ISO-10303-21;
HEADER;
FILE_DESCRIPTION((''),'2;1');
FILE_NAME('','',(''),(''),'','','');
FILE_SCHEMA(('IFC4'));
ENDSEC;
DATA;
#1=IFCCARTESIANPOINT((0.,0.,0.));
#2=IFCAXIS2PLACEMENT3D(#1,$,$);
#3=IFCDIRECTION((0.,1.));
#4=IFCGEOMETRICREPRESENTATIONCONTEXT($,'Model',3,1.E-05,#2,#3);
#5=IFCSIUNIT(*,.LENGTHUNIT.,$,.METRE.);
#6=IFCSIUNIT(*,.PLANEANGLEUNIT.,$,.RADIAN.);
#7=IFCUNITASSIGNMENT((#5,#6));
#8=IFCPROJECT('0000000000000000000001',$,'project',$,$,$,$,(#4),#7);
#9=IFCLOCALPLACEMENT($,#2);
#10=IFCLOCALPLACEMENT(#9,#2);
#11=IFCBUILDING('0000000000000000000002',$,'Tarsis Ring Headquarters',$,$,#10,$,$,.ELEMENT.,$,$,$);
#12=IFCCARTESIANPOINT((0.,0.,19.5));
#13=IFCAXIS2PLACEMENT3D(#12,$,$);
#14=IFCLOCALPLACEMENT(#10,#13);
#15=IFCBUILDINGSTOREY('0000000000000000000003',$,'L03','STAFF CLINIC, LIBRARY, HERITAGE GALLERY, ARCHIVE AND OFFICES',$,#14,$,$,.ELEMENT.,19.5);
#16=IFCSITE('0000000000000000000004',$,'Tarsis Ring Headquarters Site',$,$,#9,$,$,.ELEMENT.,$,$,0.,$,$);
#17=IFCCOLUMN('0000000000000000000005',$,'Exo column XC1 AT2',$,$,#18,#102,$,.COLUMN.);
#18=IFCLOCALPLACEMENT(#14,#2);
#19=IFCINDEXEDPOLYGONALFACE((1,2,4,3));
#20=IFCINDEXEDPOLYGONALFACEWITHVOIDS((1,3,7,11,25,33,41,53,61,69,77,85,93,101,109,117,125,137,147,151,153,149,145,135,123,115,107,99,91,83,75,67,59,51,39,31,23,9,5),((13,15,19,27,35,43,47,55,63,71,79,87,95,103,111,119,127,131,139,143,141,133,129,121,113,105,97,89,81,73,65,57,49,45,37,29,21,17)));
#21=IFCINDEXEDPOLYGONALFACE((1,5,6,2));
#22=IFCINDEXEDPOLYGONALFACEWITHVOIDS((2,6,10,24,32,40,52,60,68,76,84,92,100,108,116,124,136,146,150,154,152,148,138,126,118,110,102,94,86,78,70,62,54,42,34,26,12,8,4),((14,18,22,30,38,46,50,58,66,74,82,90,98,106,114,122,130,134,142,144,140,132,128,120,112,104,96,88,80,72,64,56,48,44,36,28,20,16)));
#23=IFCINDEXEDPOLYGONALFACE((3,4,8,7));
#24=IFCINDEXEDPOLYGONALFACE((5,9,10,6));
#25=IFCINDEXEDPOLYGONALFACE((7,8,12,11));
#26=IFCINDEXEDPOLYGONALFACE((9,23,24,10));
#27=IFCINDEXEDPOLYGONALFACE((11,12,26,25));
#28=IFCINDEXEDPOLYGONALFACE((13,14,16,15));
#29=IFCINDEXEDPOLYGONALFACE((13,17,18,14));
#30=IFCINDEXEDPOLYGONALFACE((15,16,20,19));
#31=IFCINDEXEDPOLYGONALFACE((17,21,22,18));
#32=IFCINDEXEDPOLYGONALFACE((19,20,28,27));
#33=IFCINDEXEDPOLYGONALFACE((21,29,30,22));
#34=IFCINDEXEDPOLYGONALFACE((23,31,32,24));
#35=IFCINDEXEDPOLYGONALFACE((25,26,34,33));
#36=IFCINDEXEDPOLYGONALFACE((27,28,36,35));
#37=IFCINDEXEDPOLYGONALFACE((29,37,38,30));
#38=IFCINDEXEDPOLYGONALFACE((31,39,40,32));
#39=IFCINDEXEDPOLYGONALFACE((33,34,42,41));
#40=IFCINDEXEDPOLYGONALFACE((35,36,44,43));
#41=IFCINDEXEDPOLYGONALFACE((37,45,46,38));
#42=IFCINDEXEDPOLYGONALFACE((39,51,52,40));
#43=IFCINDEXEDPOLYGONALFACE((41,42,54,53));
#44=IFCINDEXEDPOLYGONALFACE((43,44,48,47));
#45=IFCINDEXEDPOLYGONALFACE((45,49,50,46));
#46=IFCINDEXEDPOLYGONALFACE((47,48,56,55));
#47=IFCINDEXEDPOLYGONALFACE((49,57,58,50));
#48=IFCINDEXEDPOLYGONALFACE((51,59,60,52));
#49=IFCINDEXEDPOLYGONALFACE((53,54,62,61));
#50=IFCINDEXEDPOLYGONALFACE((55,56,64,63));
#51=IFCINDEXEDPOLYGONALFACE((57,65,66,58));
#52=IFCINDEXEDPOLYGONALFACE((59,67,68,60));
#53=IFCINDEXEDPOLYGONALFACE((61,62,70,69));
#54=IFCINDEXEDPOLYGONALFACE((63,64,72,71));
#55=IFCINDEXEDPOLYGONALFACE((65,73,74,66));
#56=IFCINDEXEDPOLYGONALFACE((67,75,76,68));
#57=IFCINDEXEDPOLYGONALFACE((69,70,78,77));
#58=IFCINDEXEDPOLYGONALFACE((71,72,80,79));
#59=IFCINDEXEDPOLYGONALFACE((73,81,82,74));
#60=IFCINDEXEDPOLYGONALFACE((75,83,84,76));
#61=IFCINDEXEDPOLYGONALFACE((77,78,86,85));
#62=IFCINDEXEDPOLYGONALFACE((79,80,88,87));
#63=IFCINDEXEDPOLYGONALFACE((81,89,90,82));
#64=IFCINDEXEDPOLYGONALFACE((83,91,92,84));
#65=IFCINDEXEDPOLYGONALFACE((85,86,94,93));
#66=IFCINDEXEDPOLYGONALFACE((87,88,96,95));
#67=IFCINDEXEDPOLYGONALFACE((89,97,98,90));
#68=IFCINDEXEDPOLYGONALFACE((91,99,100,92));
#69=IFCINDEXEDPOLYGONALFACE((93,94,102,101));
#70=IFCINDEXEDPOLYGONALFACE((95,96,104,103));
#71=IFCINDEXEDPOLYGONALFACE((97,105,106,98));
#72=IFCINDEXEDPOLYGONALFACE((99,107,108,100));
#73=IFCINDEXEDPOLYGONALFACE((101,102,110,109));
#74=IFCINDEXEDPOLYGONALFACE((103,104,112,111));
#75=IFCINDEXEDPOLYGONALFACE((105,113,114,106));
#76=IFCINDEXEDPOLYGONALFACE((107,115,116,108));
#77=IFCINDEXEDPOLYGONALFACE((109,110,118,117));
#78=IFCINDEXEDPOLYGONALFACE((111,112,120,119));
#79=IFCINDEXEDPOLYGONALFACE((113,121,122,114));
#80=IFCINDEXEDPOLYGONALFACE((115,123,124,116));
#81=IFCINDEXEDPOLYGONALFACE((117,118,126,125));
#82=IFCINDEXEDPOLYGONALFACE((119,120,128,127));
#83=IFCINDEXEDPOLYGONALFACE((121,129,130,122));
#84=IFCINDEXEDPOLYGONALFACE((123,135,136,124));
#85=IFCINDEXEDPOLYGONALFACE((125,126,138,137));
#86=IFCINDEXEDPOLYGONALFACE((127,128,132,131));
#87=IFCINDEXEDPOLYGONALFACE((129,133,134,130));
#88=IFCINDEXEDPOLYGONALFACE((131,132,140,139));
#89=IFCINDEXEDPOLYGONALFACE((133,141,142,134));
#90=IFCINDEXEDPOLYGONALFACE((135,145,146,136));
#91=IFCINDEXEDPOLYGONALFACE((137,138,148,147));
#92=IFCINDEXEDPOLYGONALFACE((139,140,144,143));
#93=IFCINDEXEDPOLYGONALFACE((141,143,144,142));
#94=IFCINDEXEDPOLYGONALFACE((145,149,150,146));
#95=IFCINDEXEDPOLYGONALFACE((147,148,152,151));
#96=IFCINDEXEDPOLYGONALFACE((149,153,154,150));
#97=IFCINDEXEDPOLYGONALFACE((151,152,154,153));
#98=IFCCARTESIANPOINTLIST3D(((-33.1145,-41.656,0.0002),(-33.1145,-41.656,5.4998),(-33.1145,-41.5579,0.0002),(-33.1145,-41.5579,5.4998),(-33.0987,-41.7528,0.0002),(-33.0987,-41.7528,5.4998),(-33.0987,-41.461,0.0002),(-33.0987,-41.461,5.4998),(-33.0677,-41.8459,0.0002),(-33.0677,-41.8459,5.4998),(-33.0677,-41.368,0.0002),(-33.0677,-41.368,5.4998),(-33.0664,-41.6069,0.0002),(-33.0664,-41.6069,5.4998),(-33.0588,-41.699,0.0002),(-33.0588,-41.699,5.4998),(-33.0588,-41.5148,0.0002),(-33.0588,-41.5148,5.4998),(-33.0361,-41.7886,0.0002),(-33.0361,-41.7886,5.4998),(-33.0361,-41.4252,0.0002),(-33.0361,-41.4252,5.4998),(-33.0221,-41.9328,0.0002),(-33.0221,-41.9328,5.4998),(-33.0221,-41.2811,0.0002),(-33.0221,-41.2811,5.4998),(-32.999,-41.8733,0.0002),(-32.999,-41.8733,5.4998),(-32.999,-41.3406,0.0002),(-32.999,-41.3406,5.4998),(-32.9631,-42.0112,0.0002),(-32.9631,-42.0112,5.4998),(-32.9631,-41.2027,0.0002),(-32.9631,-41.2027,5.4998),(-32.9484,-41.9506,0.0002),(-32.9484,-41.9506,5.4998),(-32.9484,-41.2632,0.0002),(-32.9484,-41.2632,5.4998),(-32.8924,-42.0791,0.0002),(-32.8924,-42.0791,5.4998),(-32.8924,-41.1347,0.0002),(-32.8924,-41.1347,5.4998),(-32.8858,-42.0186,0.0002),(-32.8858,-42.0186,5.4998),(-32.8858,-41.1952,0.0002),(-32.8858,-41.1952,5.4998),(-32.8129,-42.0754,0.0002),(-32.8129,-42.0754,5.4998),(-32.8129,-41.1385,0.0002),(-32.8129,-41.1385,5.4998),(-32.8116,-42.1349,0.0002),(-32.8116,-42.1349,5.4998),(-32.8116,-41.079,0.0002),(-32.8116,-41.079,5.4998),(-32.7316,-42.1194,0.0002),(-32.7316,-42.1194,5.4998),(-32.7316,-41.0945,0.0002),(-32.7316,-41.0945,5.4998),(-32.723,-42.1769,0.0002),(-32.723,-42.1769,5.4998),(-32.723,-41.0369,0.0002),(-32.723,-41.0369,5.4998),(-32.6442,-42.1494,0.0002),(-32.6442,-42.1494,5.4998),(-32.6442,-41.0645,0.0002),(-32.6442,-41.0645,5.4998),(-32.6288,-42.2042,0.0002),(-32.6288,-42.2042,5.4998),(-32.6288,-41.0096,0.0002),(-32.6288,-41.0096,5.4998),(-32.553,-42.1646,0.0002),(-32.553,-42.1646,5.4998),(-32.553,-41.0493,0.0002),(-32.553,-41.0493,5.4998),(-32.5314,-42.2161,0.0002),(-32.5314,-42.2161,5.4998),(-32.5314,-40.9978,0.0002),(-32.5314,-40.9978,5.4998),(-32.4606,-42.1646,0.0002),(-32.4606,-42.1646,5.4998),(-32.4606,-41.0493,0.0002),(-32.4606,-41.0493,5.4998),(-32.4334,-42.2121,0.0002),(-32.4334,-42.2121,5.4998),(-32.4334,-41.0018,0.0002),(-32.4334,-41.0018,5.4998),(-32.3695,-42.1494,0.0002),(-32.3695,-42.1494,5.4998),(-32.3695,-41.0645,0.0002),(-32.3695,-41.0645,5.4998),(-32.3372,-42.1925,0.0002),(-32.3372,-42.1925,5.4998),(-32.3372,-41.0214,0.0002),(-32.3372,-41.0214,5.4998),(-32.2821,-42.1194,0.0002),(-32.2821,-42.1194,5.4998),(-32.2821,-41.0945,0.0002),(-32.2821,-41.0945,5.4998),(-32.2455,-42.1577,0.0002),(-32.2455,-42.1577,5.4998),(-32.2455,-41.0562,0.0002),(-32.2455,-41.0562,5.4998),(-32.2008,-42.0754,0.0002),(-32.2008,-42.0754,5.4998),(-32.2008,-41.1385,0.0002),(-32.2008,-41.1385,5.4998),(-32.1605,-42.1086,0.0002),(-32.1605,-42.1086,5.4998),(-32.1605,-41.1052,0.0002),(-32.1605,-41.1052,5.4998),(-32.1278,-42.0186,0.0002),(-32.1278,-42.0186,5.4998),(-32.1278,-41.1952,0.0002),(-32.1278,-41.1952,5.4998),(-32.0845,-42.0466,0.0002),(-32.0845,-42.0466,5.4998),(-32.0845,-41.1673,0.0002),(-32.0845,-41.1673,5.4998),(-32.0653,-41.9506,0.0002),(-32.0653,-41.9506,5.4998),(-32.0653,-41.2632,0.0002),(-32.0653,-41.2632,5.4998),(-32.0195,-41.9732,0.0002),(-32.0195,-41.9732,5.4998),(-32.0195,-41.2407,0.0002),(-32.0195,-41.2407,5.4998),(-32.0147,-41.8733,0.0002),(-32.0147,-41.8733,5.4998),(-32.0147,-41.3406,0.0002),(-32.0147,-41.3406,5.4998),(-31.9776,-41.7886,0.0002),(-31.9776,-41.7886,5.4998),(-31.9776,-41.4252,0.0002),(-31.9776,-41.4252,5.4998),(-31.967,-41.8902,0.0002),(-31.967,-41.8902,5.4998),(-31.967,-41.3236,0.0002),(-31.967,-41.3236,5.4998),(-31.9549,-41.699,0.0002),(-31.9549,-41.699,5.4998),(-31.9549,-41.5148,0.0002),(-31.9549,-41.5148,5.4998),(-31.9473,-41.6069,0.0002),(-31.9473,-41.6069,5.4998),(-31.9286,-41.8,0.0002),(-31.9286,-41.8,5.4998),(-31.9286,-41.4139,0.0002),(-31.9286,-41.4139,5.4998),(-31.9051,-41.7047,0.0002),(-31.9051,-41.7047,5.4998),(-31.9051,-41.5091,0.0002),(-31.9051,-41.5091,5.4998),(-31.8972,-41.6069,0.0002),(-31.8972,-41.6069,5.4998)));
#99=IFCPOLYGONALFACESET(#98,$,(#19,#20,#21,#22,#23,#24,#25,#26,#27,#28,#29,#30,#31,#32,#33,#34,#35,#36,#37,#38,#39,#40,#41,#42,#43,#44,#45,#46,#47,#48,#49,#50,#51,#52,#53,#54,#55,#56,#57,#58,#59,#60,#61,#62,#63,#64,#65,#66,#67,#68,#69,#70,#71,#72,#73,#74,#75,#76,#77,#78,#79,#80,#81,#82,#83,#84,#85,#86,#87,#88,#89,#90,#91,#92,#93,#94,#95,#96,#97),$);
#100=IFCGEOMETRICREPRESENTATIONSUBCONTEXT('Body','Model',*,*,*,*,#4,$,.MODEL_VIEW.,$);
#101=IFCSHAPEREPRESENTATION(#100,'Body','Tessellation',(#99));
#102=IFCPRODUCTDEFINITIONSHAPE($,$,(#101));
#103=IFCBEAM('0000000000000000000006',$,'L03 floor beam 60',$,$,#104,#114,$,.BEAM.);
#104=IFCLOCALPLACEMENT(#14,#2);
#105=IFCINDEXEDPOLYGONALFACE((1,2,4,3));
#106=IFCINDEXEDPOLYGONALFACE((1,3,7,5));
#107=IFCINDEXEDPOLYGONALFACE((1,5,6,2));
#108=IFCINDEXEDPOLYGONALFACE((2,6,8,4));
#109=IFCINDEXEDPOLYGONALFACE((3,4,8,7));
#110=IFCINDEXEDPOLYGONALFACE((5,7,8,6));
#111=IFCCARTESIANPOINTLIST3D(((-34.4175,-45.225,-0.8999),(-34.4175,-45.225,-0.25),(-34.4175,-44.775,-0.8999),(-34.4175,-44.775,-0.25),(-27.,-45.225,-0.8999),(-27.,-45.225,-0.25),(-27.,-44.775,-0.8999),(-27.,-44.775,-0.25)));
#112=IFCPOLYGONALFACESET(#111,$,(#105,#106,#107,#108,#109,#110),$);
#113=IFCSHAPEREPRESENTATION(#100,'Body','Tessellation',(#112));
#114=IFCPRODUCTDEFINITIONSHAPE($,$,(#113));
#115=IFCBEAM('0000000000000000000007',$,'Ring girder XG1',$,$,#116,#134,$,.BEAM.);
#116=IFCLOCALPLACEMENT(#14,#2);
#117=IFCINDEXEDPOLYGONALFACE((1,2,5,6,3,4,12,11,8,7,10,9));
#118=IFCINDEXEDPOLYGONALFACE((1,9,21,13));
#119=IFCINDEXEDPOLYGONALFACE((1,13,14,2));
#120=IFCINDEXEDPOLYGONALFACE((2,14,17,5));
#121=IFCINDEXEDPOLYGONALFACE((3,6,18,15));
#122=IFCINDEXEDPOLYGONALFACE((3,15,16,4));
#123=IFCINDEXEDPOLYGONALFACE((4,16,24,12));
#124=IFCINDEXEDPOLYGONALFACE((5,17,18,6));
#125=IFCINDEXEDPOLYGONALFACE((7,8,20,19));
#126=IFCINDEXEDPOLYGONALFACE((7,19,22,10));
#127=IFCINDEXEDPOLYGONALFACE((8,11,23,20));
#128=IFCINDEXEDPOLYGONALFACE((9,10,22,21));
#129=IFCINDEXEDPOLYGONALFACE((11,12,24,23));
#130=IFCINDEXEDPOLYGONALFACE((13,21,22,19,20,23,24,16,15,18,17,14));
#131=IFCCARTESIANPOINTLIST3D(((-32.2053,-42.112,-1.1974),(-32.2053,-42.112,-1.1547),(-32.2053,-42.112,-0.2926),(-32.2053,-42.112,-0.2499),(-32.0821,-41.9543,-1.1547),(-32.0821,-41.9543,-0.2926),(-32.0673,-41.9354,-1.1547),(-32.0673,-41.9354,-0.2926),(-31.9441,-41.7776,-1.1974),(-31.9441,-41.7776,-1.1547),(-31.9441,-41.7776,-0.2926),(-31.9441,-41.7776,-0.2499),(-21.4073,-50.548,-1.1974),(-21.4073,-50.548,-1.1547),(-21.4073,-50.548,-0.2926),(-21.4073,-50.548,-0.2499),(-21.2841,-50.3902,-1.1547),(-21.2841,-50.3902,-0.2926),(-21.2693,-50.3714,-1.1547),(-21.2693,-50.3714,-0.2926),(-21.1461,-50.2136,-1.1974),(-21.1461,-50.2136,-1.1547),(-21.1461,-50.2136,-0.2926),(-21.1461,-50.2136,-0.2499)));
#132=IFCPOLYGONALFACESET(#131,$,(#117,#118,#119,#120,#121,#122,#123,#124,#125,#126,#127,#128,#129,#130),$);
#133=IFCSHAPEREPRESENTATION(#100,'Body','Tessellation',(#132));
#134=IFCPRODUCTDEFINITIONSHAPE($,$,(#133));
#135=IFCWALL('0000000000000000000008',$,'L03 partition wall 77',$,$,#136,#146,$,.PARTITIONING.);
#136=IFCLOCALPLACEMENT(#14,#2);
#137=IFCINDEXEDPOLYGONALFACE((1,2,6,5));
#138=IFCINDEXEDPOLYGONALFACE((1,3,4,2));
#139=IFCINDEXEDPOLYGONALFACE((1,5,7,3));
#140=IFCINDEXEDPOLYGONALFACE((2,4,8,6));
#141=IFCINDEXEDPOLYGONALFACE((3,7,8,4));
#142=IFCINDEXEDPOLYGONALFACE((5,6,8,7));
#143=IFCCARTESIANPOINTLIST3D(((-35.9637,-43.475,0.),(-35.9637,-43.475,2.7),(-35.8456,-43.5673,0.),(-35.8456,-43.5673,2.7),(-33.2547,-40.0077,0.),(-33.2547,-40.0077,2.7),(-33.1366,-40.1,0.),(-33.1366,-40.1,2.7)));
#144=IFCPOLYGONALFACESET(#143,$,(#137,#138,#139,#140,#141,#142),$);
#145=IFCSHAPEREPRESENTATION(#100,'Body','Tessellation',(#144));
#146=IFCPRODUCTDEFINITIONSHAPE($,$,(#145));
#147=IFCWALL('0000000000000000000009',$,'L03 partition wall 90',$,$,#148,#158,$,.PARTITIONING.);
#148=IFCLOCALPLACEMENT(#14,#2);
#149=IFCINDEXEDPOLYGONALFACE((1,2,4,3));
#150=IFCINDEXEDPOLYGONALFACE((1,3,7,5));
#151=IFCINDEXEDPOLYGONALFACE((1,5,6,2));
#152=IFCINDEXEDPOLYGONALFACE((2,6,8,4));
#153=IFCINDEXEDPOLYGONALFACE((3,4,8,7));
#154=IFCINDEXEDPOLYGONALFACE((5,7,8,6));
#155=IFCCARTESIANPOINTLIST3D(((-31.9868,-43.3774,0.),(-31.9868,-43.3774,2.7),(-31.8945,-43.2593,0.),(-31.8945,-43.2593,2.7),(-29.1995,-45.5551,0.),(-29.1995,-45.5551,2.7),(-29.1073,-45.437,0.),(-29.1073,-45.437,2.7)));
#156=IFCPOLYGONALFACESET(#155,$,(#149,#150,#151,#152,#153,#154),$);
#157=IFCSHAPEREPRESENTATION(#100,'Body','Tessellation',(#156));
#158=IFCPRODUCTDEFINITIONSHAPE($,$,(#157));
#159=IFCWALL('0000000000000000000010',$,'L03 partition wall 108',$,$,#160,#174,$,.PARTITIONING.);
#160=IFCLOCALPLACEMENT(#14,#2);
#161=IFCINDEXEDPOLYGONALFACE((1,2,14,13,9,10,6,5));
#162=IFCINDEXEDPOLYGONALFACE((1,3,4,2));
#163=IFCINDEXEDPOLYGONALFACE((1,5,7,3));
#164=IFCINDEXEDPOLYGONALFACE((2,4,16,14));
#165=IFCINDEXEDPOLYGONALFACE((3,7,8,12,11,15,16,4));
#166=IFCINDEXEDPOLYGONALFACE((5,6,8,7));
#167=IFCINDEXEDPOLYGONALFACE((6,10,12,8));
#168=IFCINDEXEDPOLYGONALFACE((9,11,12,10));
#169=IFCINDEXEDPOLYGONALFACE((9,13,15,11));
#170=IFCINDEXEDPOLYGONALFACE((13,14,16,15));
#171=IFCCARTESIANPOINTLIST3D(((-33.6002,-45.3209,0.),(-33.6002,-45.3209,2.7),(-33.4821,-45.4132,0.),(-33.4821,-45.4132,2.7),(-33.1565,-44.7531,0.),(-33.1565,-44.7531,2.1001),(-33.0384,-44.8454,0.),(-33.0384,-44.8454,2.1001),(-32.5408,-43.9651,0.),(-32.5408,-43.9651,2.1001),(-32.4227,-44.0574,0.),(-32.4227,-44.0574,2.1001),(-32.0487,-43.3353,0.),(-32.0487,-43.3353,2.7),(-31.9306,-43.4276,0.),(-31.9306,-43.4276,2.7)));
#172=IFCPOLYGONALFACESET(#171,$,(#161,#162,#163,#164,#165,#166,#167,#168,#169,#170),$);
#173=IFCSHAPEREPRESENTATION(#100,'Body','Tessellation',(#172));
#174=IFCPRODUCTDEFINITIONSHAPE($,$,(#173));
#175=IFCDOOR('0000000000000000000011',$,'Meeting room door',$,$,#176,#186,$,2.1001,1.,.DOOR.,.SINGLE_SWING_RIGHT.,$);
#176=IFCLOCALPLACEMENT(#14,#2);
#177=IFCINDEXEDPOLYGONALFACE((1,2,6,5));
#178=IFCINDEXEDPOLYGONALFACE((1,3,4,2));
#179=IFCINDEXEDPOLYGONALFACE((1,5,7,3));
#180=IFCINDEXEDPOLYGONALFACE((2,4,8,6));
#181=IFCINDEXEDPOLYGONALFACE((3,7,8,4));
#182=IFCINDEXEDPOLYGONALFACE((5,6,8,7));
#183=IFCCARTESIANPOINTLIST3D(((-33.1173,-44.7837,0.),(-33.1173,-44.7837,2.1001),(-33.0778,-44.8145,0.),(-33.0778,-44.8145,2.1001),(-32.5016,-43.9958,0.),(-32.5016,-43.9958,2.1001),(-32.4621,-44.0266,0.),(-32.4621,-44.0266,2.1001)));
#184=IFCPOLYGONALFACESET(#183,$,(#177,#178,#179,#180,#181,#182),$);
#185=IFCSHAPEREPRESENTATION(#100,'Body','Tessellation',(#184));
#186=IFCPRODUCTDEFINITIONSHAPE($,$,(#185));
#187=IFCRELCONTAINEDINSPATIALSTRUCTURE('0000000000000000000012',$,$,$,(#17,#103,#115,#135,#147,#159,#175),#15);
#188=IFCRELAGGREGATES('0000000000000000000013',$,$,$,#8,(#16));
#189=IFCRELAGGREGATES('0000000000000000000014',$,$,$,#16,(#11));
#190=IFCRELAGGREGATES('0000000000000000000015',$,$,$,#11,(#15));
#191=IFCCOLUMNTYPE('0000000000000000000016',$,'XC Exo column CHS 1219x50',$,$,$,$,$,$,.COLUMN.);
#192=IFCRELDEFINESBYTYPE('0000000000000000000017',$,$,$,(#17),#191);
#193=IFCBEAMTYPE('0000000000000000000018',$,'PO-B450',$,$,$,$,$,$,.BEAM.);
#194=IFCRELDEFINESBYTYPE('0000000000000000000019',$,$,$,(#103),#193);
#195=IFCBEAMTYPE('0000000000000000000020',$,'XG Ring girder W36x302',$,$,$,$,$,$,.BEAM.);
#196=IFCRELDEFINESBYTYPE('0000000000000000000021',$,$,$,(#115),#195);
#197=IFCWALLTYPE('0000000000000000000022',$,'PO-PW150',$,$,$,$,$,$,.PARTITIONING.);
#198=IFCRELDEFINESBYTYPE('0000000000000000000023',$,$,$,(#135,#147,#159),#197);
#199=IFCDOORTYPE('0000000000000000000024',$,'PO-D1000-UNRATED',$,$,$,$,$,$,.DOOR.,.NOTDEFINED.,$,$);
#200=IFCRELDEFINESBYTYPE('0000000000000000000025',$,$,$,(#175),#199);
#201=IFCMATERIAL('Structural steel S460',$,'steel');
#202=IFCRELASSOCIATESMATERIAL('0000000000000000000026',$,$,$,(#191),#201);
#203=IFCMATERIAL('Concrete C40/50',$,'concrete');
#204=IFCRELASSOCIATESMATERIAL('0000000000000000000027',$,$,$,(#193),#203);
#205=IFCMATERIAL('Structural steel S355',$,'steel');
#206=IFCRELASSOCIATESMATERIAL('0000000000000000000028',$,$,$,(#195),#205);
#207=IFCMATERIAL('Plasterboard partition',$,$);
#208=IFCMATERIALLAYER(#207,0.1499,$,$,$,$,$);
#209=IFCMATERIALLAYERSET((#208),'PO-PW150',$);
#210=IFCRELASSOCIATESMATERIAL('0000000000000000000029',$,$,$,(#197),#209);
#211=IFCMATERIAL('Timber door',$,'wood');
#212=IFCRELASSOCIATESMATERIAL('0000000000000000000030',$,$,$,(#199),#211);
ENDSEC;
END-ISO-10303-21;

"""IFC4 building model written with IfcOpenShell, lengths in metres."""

from ifc_helpers import new_model, si_unit, direction, frame, frame_2d, origin, origin_2d, place, context, subcontext, project, spatial, rectangle, hollow_circle, i_section, extrude, material, layer, layer_set, material_profile, profile_set, type_object, element, fill, save


model = new_model("IFC4")

# Units and contexts
model_context = context("Model", 3, precision=1e-05, world=origin(), true_north=direction((0.0, 1.0)))
body_context = subcontext(model_context, "Body", "Model", "MODEL_VIEW")
ifc_project = project(units=[si_unit("LENGTHUNIT", "METRE"), si_unit("PLANEANGLEUNIT", "RADIAN")], contexts=[model_context])

# Site, building, storey
site_placement = place(None, origin())
site = spatial("IfcSite", under=ifc_project, at=site_placement, Name="Tarsis Ring Headquarters Site", CompositionType="ELEMENT", RefElevation=0.0)
building_placement = place(site_placement, origin())
building = spatial("IfcBuilding", under=site, at=building_placement, Name="Tarsis Ring Headquarters", CompositionType="ELEMENT")
storey_placement = place(building_placement, frame((0.0, 0.0, 19.5)))
storey = spatial("IfcBuildingStorey", under=building, at=storey_placement, Name="L03", Description="STAFF CLINIC, LIBRARY, HERITAGE GALLERY, ARCHIVE AND OFFICES", CompositionType="ELEMENT", Elevation=19.5)

# Column
ifc_material_1 = material(Name="Structural steel S460", Category="steel")
ifc_material_profile_1 = material_profile(ifc_material_1, hollow_circle(Radius=0.6096, WallThickness=0.05, at=origin_2d()), Name="CHS 1219x50")
ifc_profile_set_1 = profile_set([ifc_material_profile_1], Name="Structural steel S460")
column_type = type_object("IfcColumnType", Name="XC Exo column CHS 1219x50", PredefinedType="COLUMN", material=ifc_profile_set_1)
column_placement = place(storey_placement, frame((-32.5068, -41.6069, 0.0002), z_axis=(0.0, 0.0, 1.0), x_axis=(1.0, 0.0, 0.0)))
element("IfcColumn", 1, at=column_placement, inside=storey, type_object=column_type, Name="Exo column XC1 AT2", PredefinedType="COLUMN", context=body_context, shape_type="SweptSolid", body=[
    extrude(hollow_circle(Radius=0.6096, WallThickness=0.05, at=origin_2d()), origin(), (0.0, 0.0, 1.0), 5.4995),
])

# Beams
ifc_material_2 = material(Name="Concrete C40/50", Category="concrete")
ifc_material_profile_2 = material_profile(ifc_material_2, rectangle(XDim=0.45, YDim=0.6499, at=origin_2d()), Name="PO-B450")
ifc_profile_set_2 = profile_set([ifc_material_profile_2], Name="Concrete C40/50")
beam_type_1 = type_object("IfcBeamType", Name="PO-B450", PredefinedType="BEAM", material=ifc_profile_set_2)
beam_1_placement = place(storey_placement, frame((-34.4175, -45.0, -0.575), z_axis=(1.0, 0.0, 0.0), x_axis=(0.0, 1.0, 0.0)))
element("IfcBeam", 2, at=beam_1_placement, inside=storey, type_object=beam_type_1, Name="L03 floor beam 60", PredefinedType="BEAM", context=body_context, shape_type="SweptSolid", body=[
    extrude(rectangle(XDim=0.45, YDim=0.6499, at=origin_2d()), origin(), (0.0, 0.0, 1.0), 7.4175),
])
ifc_material_3 = material(Name="Structural steel S355", Category="steel")
ifc_material_profile_3 = material_profile(ifc_material_3, i_section(OverallWidth=0.4243, OverallDepth=0.9475, WebThickness=0.0239, FlangeThickness=0.0427, at=origin_2d()), Name="W36x302")
ifc_profile_set_3 = profile_set([ifc_material_profile_3], Name="Structural steel S355")
beam_type_2 = type_object("IfcBeamType", Name="XG Ring girder W36x302", PredefinedType="BEAM", material=ifc_profile_set_3)
beam_2_placement = place(storey_placement, frame((-32.0747, -41.9448, -0.7236), z_axis=(0.788024, -0.615645, 0.0), x_axis=(0.615645, 0.788024, 0.0)))
element("IfcBeam", 3, at=beam_2_placement, inside=storey, type_object=beam_type_2, Name="Ring girder XG1", PredefinedType="BEAM", context=body_context, shape_type="SweptSolid", body=[
    extrude(i_section(OverallWidth=0.4243, OverallDepth=0.9475, WebThickness=0.0239, FlangeThickness=0.0427, at=origin_2d()), origin(), (0.0, 0.0, 1.0), 13.7026),
])

# Walls
ifc_material_4 = material(Name="Plasterboard partition")
ifc_layer_1 = layer(ifc_material_4, 0.1499)
ifc_layer_set_1 = layer_set([ifc_layer_1], Name="PO-PW150")
wall_type_1 = type_object("IfcWallType", Name="PO-PW150", PredefinedType="PARTITIONING", material=ifc_layer_set_1)
wall_1_placement = place(storey_placement, frame((-33.1956, -40.0537, 0.0), z_axis=(0.0, 0.0, 1.0), x_axis=(-0.615668, -0.788006, 0.0)))
element("IfcWall", 4, at=wall_1_placement, inside=storey, type_object=wall_type_1, Name="L03 partition wall 77", PredefinedType="PARTITIONING", context=body_context, shape_type="SweptSolid", body=[
    extrude(rectangle(XDim=4.4001, YDim=0.1499, at=frame_2d((2.2002, 0.0))), origin(), (0.0, 0.0, 1.0), 2.7),
])
wall_2_placement = place(storey_placement, frame((-31.9407, -43.3184, 0.0), z_axis=(0.0, 0.0, 1.0), x_axis=(0.788009, -0.615664, 0.0)))
element("IfcWall", 5, at=wall_2_placement, inside=storey, type_object=wall_type_1, Name="L03 partition wall 90", PredefinedType="PARTITIONING", context=body_context, shape_type="SweptSolid", body=[
    extrude(rectangle(XDim=3.5371, YDim=0.1499, at=frame_2d((1.7686, 0.0))), origin(), (0.0, 0.0, 1.0), 2.7),
])

# Wall, opening, door
wall_3_placement = place(storey_placement, frame((-31.9897, -43.3816, 0.0), z_axis=(0.0, 0.0, 1.0), x_axis=(-0.61571, -0.787973, 0.0)))
wall_3 = element("IfcWall", 6, at=wall_3_placement, inside=storey, type_object=wall_type_1, Name="L03 partition wall 108", PredefinedType="PARTITIONING", context=body_context, shape_type="SweptSolid", body=[
    extrude(rectangle(XDim=2.5198, YDim=0.1499, at=frame_2d((1.2598, 0.0))), origin(), (0.0, 0.0, 1.0), 2.7),
])
opening_1_placement = place(wall_3_placement, frame((0.7991, 0.0, 0.0)))
opening_1 = element("IfcOpeningElement", 7, at=opening_1_placement, cuts=wall_3, PredefinedType="OPENING", context=body_context, shape_type="SweptSolid", body=[
    extrude(rectangle(XDim=1.0, YDim=2.1001, at=frame_2d((0.5, 1.05))), frame((0.0, 0.085, 0.0), z_axis=(0.0, -1.0, 0.0), x_axis=(1.0, 0.0, 0.0)), (0.0, 0.0, 1.0), 0.1699),
])
ifc_material_5 = material(Name="Timber door", Category="wood")
door_type_1 = type_object("IfcDoorType", Name="PO-D1000-UNRATED", OperationType="NOTDEFINED", PredefinedType="DOOR", material=ifc_material_5)
door_1_placement = place(opening_1_placement, origin())
door_1 = element("IfcDoor", 8, at=door_1_placement, inside=storey, type_object=door_type_1, Name="Meeting room door", OperationType="SINGLE_SWING_RIGHT", OverallHeight=2.1001, OverallWidth=1.0, PredefinedType="DOOR", context=body_context, shape_type="SweptSolid", body=[
    extrude(rectangle(XDim=1.0, YDim=2.1001, at=frame_2d((0.5, 1.05))), frame((0.0, 0.0249, 0.0), z_axis=(0.0, -1.0, 0.0), x_axis=(1.0, 0.0, 0.0)), (0.0, 0.0, 1.0), 0.05),
])
fill(opening_1, door_1)

save(model, "model.ifc")
